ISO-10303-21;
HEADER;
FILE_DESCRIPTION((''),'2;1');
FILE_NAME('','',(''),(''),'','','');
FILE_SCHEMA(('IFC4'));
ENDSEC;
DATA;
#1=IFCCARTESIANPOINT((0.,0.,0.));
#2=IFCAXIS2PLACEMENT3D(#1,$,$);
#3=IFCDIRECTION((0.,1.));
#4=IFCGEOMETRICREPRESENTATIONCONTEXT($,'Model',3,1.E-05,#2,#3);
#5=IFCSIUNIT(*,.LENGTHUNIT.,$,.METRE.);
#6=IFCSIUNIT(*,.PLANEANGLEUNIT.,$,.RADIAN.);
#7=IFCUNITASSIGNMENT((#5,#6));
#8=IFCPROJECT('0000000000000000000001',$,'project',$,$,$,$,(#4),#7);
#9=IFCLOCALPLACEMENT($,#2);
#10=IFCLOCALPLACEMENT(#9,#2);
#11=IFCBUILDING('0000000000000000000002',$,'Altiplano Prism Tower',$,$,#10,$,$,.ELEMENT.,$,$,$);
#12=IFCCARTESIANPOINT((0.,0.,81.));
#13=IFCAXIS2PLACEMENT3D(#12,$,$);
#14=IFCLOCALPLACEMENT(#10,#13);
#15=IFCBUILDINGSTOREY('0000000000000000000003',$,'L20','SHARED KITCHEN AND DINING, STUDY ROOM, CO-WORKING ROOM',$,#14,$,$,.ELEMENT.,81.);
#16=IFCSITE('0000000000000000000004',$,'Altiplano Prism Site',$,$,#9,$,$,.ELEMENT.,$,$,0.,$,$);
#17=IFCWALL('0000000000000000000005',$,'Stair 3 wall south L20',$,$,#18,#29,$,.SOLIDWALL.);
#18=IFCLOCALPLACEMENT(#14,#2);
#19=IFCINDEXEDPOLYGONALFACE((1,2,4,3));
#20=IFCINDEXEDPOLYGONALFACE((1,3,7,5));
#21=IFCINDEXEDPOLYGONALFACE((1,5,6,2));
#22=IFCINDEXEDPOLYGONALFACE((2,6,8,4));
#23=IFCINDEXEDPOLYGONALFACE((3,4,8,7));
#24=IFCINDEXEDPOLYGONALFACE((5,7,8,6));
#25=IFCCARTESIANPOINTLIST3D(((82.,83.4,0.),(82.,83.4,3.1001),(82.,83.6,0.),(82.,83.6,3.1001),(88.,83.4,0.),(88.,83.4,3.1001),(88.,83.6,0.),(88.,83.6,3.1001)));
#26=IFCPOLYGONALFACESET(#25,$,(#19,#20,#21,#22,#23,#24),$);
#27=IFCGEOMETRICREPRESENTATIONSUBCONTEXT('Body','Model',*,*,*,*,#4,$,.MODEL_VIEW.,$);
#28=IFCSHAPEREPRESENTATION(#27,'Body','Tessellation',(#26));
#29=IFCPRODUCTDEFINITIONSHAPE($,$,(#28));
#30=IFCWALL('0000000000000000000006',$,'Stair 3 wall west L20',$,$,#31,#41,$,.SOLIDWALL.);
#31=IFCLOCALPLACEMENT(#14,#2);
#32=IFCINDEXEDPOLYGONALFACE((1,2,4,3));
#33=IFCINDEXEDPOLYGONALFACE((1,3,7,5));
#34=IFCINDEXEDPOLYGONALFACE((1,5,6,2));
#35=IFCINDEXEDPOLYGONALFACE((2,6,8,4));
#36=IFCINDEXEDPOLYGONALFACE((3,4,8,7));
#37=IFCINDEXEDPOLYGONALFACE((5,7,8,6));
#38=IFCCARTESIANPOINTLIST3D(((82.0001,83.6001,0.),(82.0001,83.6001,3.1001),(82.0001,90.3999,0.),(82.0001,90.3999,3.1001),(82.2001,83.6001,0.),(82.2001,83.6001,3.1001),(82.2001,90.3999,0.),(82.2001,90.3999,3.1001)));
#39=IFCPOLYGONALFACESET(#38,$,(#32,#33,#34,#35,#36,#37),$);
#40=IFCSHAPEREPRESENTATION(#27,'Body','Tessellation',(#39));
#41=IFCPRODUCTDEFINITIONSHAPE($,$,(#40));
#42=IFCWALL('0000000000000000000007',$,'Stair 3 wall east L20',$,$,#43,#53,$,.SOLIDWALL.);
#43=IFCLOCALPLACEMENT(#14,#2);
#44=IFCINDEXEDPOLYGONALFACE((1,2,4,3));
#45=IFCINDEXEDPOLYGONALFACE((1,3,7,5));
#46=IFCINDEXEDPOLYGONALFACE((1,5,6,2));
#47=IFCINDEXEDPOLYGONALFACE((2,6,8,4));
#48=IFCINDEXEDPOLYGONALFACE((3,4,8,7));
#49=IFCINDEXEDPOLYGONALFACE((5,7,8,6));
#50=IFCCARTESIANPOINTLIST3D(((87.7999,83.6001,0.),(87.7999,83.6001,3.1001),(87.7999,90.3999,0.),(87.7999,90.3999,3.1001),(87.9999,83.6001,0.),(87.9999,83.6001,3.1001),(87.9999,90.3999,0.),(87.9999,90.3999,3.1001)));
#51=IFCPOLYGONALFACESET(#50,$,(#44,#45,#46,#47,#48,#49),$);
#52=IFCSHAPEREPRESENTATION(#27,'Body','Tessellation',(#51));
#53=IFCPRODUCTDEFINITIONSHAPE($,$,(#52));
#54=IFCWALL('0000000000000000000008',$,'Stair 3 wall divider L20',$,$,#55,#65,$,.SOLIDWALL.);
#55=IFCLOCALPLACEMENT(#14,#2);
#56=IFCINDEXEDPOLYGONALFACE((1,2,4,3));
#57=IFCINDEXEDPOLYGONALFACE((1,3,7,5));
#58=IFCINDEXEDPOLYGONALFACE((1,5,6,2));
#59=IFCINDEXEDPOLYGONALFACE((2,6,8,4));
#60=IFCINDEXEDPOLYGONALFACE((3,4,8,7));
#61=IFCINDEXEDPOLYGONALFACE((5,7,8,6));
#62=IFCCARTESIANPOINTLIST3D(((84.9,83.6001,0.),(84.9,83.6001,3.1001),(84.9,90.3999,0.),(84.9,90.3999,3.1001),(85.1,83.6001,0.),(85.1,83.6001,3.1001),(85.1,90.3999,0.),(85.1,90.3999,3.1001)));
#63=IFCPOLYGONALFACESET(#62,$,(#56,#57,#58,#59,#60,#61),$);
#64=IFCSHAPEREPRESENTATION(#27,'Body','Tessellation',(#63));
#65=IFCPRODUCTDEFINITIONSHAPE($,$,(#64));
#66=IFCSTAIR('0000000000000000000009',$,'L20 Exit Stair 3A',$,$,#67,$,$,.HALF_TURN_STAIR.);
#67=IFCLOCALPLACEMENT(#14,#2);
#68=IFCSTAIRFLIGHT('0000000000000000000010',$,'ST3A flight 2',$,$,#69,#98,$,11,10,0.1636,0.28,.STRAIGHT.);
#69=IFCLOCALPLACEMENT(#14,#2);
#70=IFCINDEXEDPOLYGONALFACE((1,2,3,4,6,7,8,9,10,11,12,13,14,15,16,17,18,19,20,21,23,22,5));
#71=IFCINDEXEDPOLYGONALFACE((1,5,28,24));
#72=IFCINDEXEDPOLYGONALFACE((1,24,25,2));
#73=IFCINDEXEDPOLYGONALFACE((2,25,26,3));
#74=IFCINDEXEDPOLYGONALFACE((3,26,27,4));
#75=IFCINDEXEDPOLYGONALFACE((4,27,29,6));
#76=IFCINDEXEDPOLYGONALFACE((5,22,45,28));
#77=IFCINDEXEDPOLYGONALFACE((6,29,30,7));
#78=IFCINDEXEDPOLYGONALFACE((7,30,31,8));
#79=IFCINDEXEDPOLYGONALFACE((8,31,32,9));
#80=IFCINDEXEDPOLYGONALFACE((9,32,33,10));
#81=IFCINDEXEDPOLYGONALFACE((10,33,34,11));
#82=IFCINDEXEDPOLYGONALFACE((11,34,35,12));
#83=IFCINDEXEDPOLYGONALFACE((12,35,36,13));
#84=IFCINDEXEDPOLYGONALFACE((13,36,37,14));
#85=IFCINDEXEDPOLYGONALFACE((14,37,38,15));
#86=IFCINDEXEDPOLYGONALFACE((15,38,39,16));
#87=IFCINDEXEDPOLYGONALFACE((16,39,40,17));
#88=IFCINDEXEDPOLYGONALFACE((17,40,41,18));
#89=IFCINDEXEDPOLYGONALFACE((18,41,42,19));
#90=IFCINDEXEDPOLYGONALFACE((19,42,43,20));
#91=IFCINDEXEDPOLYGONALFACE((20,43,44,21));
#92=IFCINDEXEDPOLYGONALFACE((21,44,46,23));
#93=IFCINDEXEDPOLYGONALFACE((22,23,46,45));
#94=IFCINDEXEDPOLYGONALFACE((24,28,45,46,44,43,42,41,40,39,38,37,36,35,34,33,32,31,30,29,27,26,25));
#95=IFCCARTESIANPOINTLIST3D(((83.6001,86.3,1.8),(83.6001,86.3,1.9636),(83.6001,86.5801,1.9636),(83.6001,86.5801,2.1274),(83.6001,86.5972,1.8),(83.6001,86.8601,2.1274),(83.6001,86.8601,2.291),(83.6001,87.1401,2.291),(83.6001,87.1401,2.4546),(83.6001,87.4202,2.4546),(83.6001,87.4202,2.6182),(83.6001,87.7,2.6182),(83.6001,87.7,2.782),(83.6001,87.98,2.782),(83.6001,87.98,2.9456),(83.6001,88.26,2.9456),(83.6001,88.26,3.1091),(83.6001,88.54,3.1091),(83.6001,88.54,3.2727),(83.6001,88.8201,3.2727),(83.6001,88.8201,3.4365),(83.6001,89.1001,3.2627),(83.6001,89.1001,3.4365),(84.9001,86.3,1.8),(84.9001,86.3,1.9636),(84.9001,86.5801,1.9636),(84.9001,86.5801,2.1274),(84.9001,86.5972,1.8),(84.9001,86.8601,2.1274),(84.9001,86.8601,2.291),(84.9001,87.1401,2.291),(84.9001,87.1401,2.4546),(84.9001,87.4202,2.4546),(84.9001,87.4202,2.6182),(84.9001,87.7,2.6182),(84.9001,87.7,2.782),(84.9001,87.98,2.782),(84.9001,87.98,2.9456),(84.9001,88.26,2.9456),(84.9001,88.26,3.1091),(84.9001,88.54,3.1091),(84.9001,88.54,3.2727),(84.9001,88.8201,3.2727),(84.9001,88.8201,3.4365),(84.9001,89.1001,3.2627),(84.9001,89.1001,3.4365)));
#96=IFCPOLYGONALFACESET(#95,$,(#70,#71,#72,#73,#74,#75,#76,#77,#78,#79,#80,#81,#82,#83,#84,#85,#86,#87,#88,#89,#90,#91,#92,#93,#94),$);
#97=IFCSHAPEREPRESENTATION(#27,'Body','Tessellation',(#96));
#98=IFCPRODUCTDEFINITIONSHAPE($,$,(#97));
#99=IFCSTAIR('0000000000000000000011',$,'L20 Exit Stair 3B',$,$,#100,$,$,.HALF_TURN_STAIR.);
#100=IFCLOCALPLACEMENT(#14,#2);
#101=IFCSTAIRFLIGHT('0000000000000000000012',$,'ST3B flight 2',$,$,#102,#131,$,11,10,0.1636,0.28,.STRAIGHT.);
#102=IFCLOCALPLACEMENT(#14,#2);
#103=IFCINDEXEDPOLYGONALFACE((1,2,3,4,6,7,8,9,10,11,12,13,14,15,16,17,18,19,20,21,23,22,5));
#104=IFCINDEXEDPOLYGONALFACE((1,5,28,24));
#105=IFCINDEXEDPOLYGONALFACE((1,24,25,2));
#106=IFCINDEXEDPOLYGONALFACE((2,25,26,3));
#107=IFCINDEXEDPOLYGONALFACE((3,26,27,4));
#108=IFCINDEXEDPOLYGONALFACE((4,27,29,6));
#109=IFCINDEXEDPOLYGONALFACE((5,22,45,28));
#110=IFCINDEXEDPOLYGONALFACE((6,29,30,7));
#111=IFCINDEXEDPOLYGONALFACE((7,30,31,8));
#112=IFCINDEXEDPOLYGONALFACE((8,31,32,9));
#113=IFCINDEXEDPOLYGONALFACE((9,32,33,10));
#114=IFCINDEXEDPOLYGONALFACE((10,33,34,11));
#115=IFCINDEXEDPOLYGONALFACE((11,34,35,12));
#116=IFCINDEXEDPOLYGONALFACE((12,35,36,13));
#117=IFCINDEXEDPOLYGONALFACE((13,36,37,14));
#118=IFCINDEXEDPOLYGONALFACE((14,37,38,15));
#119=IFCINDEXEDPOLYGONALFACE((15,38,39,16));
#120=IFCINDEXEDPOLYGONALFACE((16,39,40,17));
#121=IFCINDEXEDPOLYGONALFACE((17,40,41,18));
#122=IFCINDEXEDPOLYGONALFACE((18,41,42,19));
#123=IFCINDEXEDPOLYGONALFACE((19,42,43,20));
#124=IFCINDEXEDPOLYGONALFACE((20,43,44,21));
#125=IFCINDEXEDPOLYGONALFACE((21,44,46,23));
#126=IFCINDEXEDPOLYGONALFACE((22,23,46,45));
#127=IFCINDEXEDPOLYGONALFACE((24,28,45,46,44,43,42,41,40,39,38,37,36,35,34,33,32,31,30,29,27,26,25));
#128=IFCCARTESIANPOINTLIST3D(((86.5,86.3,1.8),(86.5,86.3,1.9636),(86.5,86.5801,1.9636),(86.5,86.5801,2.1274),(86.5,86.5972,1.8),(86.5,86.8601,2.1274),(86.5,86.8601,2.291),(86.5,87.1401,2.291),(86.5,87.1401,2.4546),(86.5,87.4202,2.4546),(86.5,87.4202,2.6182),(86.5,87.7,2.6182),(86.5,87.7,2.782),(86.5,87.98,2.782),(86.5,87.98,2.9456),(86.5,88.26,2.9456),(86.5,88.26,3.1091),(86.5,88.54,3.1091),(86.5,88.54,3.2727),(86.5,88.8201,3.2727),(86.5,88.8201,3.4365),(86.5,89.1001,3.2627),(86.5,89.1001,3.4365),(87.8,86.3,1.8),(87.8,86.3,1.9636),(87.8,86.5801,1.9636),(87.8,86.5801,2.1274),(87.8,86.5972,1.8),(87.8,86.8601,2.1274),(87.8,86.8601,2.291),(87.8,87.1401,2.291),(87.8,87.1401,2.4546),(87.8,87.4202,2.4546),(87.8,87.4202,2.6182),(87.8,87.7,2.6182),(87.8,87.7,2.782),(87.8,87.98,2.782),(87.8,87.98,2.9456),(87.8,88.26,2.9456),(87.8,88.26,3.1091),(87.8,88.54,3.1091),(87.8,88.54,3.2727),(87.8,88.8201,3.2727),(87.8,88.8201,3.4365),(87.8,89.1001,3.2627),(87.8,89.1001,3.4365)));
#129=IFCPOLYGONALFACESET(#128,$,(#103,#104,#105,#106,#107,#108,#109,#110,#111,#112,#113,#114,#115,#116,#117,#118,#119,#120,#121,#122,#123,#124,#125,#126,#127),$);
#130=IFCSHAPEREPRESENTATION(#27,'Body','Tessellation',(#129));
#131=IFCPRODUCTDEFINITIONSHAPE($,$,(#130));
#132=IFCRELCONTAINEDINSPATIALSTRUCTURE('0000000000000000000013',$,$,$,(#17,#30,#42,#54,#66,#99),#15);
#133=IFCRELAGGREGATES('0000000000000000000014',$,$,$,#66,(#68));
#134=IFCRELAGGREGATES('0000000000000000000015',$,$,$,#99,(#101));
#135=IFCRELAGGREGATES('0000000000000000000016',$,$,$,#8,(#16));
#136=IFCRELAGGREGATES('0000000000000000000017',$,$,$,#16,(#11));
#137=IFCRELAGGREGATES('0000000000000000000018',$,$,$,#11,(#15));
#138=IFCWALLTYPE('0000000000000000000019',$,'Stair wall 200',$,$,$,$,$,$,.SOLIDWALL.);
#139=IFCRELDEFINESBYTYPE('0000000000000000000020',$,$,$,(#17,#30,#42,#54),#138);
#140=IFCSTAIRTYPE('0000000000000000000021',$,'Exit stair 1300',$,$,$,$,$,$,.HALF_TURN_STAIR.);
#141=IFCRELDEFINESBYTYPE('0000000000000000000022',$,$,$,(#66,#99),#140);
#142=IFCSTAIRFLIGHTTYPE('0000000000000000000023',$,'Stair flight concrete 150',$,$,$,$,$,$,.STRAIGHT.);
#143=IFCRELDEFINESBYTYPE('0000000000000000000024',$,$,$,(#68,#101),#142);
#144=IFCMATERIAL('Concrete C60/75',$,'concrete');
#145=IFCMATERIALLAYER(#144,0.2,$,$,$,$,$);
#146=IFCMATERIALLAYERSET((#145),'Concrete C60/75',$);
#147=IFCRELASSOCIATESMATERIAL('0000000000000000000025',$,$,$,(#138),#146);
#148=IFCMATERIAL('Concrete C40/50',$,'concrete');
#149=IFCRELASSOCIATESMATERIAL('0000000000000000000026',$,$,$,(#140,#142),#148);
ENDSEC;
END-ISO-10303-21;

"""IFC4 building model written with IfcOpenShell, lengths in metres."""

from ifc_helpers import new_model, si_unit, direction, frame, frame_2d, origin, place, context, subcontext, project, spatial, polyline, rectangle, outline, extrude, material, layer, layer_set, type_object, element, aggregate, save


model = new_model("IFC4")

# Units and contexts
model_context = context("Model", 3, precision=1e-05, world=origin(), true_north=direction((0.0, 1.0)))
body_context = subcontext(model_context, "Body", "Model", "MODEL_VIEW")
ifc_project = project(units=[si_unit("LENGTHUNIT", "METRE"), si_unit("PLANEANGLEUNIT", "RADIAN")], contexts=[model_context])

# Site, building, storey
site_placement = place(None, origin())
site = spatial("IfcSite", under=ifc_project, at=site_placement, Name="Altiplano Prism Site", CompositionType="ELEMENT", RefElevation=0.0)
building_placement = place(site_placement, origin())
building = spatial("IfcBuilding", under=site, at=building_placement, Name="Altiplano Prism Tower", CompositionType="ELEMENT")
storey_placement = place(building_placement, frame((0.0, 0.0, 81.0)))
storey = spatial("IfcBuildingStorey", under=building, at=storey_placement, Name="L20", Description="SHARED KITCHEN AND DINING, STUDY ROOM, CO-WORKING ROOM", CompositionType="ELEMENT", Elevation=81.0)

# Shared definitions
ifc_material_1 = material(Name="Concrete C60/75", Category="concrete")

# Walls
ifc_layer_1 = layer(ifc_material_1, 0.2)
ifc_layer_set_1 = layer_set([ifc_layer_1], Name="Concrete C60/75")
wall_type_1 = type_object("IfcWallType", Name="Stair wall 200", PredefinedType="SOLIDWALL", material=ifc_layer_set_1)
wall_1_placement = place(storey_placement, frame((82.0, 83.5, 0.0), z_axis=(0.0, 0.0, 1.0), x_axis=(1.0, 0.0, 0.0)))
element("IfcWall", 1, at=wall_1_placement, inside=storey, type_object=wall_type_1, Name="Stair 3 wall south L20", PredefinedType="SOLIDWALL", context=body_context, shape_type="SweptSolid", body=[
    extrude(rectangle(XDim=6.0, YDim=0.2, at=frame_2d((3.0, 0.0))), origin(), (0.0, 0.0, 1.0), 3.1001),
])
for number, where, z_axis, x_axis, name in (
    (2, (82.1001, 83.6001, 0.0), (0.0, 0.0, 1.0), (0.0, 1.0, 0.0), "Stair 3 wall west L20"),
    (3, (87.8999, 83.6001, 0.0), (0.0, 0.0, 1.0), (0.0, 1.0, 0.0), "Stair 3 wall east L20"),
    (4, (85.0, 83.6001, 0.0), (0.0, 0.0, 1.0), (0.0, 1.0, 0.0), "Stair 3 wall divider L20"),
):
    element("IfcWall", number, at=place(storey_placement, frame(where, z_axis=z_axis, x_axis=x_axis)), inside=storey, type_object=wall_type_1, Name=name, PredefinedType="SOLIDWALL", context=body_context, shape_type="SweptSolid", body=[
        extrude(rectangle(XDim=6.7998, YDim=0.2, at=frame_2d((3.3999, 0.0))), origin(), (0.0, 0.0, 1.0), 3.1001),
    ])

# Stairs, stair flights
ifc_material_2 = material(Name="Concrete C40/50", Category="concrete")
stair_type = type_object("IfcStairType", Name="Exit stair 1300", PredefinedType="HALF_TURN_STAIR", material=ifc_material_2)
stair_1_placement = place(storey_placement, origin())
stair_1 = element("IfcStair", 5, at=stair_1_placement, inside=storey, type_object=stair_type, Name="L20 Exit Stair 3A", PredefinedType="HALF_TURN_STAIR")
stair_flight_type = type_object("IfcStairFlightType", Name="Stair flight concrete 150", PredefinedType="STRAIGHT", material=ifc_material_2)
stair_flight_1_placement = place(storey_placement, frame((84.25, 86.3, 1.8), z_axis=(0.0, 0.0, 1.0), x_axis=(0.0, 1.0, 0.0)))
stair_flight_1 = element("IfcStairFlight", 6, at=stair_flight_1_placement, type_object=stair_flight_type, Name="ST3A flight 2", NumberOfRisers=11, NumberOfTreads=10, PredefinedType="STRAIGHT", RiserHeight=0.1636, TreadLength=0.28, context=body_context, shape_type="SweptSolid", body=[
    extrude(outline(polyline([(0.0, 0.0), (0.0, 0.1636), (0.28, 0.1636), (0.28, 0.3274), (0.5601, 0.3274), (0.5601, 0.491), (0.8401, 0.491), (0.8401, 0.6545), (1.1201, 0.6545), (1.1201, 0.8181), (1.3999, 0.8181), (1.3999, 0.9819), (1.6799, 0.9819), (1.6799, 1.1455), (1.96, 1.1455), (1.96, 1.3091), (2.24, 1.3091), (2.24, 1.4727), (2.52, 1.4727), (2.52, 1.6365), (2.8, 1.6365), (2.8, 1.8), (2.8, 1.4626), (0.2971, 0.0), (0.0, 0.0)])), frame((0.0, 0.6499, 0.0), z_axis=(0.0, -1.0, 0.0), x_axis=(1.0, 0.0, 0.0)), (0.0, 0.0, 1.0), 1.3),
])
aggregate(stair_1, [stair_flight_1])
stair_2_placement = place(storey_placement, origin())
stair_2 = element("IfcStair", 7, at=stair_2_placement, inside=storey, type_object=stair_type, Name="L20 Exit Stair 3B", PredefinedType="HALF_TURN_STAIR")
stair_flight_2_placement = place(storey_placement, frame((87.1499, 86.3, 1.8), z_axis=(0.0, 0.0, 1.0), x_axis=(0.0, 1.0, 0.0)))
stair_flight_2 = element("IfcStairFlight", 8, at=stair_flight_2_placement, type_object=stair_flight_type, Name="ST3B flight 2", NumberOfRisers=11, NumberOfTreads=10, PredefinedType="STRAIGHT", RiserHeight=0.1636, TreadLength=0.28, context=body_context, shape_type="SweptSolid", body=[
    extrude(outline(polyline([(0.0, 0.0), (0.0, 0.1636), (0.28, 0.1636), (0.28, 0.3274), (0.5601, 0.3274), (0.5601, 0.491), (0.8401, 0.491), (0.8401, 0.6545), (1.1201, 0.6545), (1.1201, 0.8181), (1.3999, 0.8181), (1.3999, 0.9819), (1.6799, 0.9819), (1.6799, 1.1455), (1.96, 1.1455), (1.96, 1.3091), (2.24, 1.3091), (2.24, 1.4727), (2.52, 1.4727), (2.52, 1.6365), (2.8, 1.6365), (2.8, 1.8), (2.8, 1.4626), (0.2971, 0.0), (0.0, 0.0)])), frame((0.0, 0.6499, 0.0), z_axis=(0.0, -1.0, 0.0), x_axis=(1.0, 0.0, 0.0)), (0.0, 0.0, 1.0), 1.3),
])
aggregate(stair_2, [stair_flight_2])

save(model, "model.ifc")
